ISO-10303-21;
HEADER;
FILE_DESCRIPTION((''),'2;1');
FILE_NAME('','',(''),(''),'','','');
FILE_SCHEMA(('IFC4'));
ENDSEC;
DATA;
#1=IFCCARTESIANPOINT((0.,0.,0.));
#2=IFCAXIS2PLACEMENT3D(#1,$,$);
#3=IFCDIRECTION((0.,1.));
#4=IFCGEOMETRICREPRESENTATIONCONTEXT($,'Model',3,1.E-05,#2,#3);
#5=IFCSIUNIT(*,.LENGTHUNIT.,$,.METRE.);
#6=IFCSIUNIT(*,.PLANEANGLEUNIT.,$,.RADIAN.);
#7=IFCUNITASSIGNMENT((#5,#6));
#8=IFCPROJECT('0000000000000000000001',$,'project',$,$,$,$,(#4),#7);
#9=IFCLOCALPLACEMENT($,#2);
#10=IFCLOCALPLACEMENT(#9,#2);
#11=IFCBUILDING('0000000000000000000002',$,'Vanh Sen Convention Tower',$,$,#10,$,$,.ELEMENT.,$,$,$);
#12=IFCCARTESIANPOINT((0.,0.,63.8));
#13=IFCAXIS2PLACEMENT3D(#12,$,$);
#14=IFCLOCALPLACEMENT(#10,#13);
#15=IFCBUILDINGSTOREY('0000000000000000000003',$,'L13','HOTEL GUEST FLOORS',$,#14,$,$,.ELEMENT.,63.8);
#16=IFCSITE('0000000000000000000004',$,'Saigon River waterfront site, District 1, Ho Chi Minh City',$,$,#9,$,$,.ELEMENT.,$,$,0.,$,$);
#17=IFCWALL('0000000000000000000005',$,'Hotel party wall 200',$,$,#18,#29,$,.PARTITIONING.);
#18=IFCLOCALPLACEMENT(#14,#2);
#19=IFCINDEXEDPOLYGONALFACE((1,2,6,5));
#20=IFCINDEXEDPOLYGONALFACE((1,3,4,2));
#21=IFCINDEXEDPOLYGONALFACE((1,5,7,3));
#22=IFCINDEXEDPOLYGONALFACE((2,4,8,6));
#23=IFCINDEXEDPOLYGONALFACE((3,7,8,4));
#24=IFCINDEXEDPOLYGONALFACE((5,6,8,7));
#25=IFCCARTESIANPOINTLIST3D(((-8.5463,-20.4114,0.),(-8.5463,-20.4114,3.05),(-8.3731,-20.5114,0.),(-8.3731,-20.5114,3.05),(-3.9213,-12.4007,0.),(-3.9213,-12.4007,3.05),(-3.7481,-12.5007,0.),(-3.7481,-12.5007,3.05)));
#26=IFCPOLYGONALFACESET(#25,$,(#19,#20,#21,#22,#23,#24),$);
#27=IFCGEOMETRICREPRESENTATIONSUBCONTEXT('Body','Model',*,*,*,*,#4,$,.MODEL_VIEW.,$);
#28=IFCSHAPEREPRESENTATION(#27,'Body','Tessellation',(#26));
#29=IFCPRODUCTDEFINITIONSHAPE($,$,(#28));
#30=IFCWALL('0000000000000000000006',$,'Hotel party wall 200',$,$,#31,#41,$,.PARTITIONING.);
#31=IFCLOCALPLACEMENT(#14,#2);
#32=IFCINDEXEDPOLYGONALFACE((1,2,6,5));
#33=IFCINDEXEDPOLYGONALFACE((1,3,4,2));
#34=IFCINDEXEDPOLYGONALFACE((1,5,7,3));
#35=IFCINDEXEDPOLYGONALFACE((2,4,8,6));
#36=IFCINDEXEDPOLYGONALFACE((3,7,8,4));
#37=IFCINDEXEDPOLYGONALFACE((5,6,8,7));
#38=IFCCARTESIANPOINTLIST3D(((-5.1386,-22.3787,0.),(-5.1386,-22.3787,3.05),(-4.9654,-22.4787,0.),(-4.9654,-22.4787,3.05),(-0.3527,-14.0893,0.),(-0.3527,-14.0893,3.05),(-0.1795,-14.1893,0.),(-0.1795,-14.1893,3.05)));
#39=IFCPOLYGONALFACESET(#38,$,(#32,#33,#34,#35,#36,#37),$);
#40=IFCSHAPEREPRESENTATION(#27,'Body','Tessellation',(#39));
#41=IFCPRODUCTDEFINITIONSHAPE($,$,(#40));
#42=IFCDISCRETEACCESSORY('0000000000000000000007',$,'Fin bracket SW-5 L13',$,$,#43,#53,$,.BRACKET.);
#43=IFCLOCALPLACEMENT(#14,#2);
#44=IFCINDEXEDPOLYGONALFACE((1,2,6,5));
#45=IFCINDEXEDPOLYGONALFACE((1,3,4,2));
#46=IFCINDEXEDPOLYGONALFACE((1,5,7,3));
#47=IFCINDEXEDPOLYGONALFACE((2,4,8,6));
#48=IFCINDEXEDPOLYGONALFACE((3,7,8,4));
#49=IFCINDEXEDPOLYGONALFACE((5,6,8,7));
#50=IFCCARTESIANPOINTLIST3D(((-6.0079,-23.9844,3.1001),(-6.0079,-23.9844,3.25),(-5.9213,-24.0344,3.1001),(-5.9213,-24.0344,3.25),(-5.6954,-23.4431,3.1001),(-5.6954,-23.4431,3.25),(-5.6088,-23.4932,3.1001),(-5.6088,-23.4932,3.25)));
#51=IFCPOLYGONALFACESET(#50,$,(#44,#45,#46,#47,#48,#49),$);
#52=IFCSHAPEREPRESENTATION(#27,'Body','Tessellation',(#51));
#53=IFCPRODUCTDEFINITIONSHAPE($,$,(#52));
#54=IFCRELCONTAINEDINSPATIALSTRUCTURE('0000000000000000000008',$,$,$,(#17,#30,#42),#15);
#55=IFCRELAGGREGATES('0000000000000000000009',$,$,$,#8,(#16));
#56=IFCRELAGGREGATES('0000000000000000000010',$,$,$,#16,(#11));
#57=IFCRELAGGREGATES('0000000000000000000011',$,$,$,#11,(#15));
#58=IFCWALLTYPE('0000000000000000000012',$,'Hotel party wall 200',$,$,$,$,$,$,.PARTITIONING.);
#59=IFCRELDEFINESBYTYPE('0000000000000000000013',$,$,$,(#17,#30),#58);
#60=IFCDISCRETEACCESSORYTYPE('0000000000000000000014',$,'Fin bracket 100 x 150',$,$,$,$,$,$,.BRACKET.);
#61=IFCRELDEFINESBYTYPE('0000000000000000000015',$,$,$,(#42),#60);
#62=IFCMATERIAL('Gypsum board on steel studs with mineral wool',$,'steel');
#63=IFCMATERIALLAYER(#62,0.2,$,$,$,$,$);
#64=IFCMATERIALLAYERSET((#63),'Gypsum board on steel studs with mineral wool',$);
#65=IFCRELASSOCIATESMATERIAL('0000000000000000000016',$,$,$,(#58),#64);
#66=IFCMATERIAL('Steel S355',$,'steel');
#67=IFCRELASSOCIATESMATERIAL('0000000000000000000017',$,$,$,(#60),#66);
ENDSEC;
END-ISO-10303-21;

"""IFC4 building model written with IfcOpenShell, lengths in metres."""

from ifc_helpers import new_model, si_unit, direction, frame, frame_2d, origin, origin_2d, place, context, subcontext, project, spatial, rectangle, extrude, material, layer, layer_set, type_object, element, save


model = new_model("IFC4")

# Units and contexts
model_context = context("Model", 3, precision=1e-05, world=origin(), true_north=direction((0.0, 1.0)))
body_context = subcontext(model_context, "Body", "Model", "MODEL_VIEW")
ifc_project = project(units=[si_unit("LENGTHUNIT", "METRE"), si_unit("PLANEANGLEUNIT", "RADIAN")], contexts=[model_context])

# Site, building, storey
site_placement = place(None, origin())
site = spatial("IfcSite", under=ifc_project, at=site_placement, Name="Saigon River waterfront site, District 1, Ho Chi Minh City", CompositionType="ELEMENT", RefElevation=0.0)
building_placement = place(site_placement, origin())
building = spatial("IfcBuilding", under=site, at=building_placement, Name="Vanh Sen Convention Tower", CompositionType="ELEMENT")
storey_placement = place(building_placement, frame((0.0, 0.0, 63.8)))
storey = spatial("IfcBuildingStorey", under=building, at=storey_placement, Name="L13", Description="HOTEL GUEST FLOORS", CompositionType="ELEMENT", Elevation=63.8)

# Shared definitions
ifc_material_1 = material(Name="Gypsum board on steel studs with mineral wool", Category="steel")

# Walls
ifc_layer_1 = layer(ifc_material_1, 0.2)
ifc_layer_set_1 = layer_set([ifc_layer_1], Name="Gypsum board on steel studs with mineral wool")
wall_type_1 = type_object("IfcWallType", Name="Hotel party wall 200", PredefinedType="PARTITIONING", material=ifc_layer_set_1)
wall_1_placement = place(storey_placement, frame((-8.4597, -20.4614, 0.0), z_axis=(0.0, 0.0, 1.0), x_axis=(0.5, 0.866026, 0.0)))
element("IfcWall", 1, at=wall_1_placement, inside=storey, type_object=wall_type_1, Name="Hotel party wall 200", PredefinedType="PARTITIONING", context=body_context, shape_type="SweptSolid", body=[
    extrude(rectangle(XDim=9.25, YDim=0.2, at=frame_2d((4.625, 0.0))), origin(), (0.0, 0.0, 1.0), 3.05),
])
wall_2_placement = place(storey_placement, frame((-5.052, -22.4287, 0.0), z_axis=(0.0, 0.0, 1.0), x_axis=(0.500004, 0.866023, 0.0)))
element("IfcWall", 2, at=wall_2_placement, inside=storey, type_object=wall_type_1, Name="Hotel party wall 200", PredefinedType="PARTITIONING", context=body_context, shape_type="SweptSolid", body=[
    extrude(rectangle(XDim=9.5718, YDim=0.2, at=frame_2d((4.7859, 0.0))), origin(), (0.0, 0.0, 1.0), 3.05),
])

# Discrete accessory
ifc_material_2 = material(Name="Steel S355", Category="steel")
discrete_accessory_type = type_object("IfcDiscreteAccessoryType", Name="Fin bracket 100 x 150", PredefinedType="BRACKET", material=ifc_material_2)
discrete_accessory_placement = place(storey_placement, frame((-5.8083, -23.7388, 3.1001), z_axis=(0.0, 0.0, 1.0), x_axis=(-0.5, -0.866025, 0.0)))
element("IfcDiscreteAccessory", 3, at=discrete_accessory_placement, inside=storey, type_object=discrete_accessory_type, Name="Fin bracket SW-5 L13", PredefinedType="BRACKET", context=body_context, shape_type="SweptSolid", body=[
    extrude(rectangle(XDim=0.625, YDim=0.1001, at=origin_2d()), origin(), (0.0, 0.0, 1.0), 0.1499),
])

save(model, "model.ifc")
